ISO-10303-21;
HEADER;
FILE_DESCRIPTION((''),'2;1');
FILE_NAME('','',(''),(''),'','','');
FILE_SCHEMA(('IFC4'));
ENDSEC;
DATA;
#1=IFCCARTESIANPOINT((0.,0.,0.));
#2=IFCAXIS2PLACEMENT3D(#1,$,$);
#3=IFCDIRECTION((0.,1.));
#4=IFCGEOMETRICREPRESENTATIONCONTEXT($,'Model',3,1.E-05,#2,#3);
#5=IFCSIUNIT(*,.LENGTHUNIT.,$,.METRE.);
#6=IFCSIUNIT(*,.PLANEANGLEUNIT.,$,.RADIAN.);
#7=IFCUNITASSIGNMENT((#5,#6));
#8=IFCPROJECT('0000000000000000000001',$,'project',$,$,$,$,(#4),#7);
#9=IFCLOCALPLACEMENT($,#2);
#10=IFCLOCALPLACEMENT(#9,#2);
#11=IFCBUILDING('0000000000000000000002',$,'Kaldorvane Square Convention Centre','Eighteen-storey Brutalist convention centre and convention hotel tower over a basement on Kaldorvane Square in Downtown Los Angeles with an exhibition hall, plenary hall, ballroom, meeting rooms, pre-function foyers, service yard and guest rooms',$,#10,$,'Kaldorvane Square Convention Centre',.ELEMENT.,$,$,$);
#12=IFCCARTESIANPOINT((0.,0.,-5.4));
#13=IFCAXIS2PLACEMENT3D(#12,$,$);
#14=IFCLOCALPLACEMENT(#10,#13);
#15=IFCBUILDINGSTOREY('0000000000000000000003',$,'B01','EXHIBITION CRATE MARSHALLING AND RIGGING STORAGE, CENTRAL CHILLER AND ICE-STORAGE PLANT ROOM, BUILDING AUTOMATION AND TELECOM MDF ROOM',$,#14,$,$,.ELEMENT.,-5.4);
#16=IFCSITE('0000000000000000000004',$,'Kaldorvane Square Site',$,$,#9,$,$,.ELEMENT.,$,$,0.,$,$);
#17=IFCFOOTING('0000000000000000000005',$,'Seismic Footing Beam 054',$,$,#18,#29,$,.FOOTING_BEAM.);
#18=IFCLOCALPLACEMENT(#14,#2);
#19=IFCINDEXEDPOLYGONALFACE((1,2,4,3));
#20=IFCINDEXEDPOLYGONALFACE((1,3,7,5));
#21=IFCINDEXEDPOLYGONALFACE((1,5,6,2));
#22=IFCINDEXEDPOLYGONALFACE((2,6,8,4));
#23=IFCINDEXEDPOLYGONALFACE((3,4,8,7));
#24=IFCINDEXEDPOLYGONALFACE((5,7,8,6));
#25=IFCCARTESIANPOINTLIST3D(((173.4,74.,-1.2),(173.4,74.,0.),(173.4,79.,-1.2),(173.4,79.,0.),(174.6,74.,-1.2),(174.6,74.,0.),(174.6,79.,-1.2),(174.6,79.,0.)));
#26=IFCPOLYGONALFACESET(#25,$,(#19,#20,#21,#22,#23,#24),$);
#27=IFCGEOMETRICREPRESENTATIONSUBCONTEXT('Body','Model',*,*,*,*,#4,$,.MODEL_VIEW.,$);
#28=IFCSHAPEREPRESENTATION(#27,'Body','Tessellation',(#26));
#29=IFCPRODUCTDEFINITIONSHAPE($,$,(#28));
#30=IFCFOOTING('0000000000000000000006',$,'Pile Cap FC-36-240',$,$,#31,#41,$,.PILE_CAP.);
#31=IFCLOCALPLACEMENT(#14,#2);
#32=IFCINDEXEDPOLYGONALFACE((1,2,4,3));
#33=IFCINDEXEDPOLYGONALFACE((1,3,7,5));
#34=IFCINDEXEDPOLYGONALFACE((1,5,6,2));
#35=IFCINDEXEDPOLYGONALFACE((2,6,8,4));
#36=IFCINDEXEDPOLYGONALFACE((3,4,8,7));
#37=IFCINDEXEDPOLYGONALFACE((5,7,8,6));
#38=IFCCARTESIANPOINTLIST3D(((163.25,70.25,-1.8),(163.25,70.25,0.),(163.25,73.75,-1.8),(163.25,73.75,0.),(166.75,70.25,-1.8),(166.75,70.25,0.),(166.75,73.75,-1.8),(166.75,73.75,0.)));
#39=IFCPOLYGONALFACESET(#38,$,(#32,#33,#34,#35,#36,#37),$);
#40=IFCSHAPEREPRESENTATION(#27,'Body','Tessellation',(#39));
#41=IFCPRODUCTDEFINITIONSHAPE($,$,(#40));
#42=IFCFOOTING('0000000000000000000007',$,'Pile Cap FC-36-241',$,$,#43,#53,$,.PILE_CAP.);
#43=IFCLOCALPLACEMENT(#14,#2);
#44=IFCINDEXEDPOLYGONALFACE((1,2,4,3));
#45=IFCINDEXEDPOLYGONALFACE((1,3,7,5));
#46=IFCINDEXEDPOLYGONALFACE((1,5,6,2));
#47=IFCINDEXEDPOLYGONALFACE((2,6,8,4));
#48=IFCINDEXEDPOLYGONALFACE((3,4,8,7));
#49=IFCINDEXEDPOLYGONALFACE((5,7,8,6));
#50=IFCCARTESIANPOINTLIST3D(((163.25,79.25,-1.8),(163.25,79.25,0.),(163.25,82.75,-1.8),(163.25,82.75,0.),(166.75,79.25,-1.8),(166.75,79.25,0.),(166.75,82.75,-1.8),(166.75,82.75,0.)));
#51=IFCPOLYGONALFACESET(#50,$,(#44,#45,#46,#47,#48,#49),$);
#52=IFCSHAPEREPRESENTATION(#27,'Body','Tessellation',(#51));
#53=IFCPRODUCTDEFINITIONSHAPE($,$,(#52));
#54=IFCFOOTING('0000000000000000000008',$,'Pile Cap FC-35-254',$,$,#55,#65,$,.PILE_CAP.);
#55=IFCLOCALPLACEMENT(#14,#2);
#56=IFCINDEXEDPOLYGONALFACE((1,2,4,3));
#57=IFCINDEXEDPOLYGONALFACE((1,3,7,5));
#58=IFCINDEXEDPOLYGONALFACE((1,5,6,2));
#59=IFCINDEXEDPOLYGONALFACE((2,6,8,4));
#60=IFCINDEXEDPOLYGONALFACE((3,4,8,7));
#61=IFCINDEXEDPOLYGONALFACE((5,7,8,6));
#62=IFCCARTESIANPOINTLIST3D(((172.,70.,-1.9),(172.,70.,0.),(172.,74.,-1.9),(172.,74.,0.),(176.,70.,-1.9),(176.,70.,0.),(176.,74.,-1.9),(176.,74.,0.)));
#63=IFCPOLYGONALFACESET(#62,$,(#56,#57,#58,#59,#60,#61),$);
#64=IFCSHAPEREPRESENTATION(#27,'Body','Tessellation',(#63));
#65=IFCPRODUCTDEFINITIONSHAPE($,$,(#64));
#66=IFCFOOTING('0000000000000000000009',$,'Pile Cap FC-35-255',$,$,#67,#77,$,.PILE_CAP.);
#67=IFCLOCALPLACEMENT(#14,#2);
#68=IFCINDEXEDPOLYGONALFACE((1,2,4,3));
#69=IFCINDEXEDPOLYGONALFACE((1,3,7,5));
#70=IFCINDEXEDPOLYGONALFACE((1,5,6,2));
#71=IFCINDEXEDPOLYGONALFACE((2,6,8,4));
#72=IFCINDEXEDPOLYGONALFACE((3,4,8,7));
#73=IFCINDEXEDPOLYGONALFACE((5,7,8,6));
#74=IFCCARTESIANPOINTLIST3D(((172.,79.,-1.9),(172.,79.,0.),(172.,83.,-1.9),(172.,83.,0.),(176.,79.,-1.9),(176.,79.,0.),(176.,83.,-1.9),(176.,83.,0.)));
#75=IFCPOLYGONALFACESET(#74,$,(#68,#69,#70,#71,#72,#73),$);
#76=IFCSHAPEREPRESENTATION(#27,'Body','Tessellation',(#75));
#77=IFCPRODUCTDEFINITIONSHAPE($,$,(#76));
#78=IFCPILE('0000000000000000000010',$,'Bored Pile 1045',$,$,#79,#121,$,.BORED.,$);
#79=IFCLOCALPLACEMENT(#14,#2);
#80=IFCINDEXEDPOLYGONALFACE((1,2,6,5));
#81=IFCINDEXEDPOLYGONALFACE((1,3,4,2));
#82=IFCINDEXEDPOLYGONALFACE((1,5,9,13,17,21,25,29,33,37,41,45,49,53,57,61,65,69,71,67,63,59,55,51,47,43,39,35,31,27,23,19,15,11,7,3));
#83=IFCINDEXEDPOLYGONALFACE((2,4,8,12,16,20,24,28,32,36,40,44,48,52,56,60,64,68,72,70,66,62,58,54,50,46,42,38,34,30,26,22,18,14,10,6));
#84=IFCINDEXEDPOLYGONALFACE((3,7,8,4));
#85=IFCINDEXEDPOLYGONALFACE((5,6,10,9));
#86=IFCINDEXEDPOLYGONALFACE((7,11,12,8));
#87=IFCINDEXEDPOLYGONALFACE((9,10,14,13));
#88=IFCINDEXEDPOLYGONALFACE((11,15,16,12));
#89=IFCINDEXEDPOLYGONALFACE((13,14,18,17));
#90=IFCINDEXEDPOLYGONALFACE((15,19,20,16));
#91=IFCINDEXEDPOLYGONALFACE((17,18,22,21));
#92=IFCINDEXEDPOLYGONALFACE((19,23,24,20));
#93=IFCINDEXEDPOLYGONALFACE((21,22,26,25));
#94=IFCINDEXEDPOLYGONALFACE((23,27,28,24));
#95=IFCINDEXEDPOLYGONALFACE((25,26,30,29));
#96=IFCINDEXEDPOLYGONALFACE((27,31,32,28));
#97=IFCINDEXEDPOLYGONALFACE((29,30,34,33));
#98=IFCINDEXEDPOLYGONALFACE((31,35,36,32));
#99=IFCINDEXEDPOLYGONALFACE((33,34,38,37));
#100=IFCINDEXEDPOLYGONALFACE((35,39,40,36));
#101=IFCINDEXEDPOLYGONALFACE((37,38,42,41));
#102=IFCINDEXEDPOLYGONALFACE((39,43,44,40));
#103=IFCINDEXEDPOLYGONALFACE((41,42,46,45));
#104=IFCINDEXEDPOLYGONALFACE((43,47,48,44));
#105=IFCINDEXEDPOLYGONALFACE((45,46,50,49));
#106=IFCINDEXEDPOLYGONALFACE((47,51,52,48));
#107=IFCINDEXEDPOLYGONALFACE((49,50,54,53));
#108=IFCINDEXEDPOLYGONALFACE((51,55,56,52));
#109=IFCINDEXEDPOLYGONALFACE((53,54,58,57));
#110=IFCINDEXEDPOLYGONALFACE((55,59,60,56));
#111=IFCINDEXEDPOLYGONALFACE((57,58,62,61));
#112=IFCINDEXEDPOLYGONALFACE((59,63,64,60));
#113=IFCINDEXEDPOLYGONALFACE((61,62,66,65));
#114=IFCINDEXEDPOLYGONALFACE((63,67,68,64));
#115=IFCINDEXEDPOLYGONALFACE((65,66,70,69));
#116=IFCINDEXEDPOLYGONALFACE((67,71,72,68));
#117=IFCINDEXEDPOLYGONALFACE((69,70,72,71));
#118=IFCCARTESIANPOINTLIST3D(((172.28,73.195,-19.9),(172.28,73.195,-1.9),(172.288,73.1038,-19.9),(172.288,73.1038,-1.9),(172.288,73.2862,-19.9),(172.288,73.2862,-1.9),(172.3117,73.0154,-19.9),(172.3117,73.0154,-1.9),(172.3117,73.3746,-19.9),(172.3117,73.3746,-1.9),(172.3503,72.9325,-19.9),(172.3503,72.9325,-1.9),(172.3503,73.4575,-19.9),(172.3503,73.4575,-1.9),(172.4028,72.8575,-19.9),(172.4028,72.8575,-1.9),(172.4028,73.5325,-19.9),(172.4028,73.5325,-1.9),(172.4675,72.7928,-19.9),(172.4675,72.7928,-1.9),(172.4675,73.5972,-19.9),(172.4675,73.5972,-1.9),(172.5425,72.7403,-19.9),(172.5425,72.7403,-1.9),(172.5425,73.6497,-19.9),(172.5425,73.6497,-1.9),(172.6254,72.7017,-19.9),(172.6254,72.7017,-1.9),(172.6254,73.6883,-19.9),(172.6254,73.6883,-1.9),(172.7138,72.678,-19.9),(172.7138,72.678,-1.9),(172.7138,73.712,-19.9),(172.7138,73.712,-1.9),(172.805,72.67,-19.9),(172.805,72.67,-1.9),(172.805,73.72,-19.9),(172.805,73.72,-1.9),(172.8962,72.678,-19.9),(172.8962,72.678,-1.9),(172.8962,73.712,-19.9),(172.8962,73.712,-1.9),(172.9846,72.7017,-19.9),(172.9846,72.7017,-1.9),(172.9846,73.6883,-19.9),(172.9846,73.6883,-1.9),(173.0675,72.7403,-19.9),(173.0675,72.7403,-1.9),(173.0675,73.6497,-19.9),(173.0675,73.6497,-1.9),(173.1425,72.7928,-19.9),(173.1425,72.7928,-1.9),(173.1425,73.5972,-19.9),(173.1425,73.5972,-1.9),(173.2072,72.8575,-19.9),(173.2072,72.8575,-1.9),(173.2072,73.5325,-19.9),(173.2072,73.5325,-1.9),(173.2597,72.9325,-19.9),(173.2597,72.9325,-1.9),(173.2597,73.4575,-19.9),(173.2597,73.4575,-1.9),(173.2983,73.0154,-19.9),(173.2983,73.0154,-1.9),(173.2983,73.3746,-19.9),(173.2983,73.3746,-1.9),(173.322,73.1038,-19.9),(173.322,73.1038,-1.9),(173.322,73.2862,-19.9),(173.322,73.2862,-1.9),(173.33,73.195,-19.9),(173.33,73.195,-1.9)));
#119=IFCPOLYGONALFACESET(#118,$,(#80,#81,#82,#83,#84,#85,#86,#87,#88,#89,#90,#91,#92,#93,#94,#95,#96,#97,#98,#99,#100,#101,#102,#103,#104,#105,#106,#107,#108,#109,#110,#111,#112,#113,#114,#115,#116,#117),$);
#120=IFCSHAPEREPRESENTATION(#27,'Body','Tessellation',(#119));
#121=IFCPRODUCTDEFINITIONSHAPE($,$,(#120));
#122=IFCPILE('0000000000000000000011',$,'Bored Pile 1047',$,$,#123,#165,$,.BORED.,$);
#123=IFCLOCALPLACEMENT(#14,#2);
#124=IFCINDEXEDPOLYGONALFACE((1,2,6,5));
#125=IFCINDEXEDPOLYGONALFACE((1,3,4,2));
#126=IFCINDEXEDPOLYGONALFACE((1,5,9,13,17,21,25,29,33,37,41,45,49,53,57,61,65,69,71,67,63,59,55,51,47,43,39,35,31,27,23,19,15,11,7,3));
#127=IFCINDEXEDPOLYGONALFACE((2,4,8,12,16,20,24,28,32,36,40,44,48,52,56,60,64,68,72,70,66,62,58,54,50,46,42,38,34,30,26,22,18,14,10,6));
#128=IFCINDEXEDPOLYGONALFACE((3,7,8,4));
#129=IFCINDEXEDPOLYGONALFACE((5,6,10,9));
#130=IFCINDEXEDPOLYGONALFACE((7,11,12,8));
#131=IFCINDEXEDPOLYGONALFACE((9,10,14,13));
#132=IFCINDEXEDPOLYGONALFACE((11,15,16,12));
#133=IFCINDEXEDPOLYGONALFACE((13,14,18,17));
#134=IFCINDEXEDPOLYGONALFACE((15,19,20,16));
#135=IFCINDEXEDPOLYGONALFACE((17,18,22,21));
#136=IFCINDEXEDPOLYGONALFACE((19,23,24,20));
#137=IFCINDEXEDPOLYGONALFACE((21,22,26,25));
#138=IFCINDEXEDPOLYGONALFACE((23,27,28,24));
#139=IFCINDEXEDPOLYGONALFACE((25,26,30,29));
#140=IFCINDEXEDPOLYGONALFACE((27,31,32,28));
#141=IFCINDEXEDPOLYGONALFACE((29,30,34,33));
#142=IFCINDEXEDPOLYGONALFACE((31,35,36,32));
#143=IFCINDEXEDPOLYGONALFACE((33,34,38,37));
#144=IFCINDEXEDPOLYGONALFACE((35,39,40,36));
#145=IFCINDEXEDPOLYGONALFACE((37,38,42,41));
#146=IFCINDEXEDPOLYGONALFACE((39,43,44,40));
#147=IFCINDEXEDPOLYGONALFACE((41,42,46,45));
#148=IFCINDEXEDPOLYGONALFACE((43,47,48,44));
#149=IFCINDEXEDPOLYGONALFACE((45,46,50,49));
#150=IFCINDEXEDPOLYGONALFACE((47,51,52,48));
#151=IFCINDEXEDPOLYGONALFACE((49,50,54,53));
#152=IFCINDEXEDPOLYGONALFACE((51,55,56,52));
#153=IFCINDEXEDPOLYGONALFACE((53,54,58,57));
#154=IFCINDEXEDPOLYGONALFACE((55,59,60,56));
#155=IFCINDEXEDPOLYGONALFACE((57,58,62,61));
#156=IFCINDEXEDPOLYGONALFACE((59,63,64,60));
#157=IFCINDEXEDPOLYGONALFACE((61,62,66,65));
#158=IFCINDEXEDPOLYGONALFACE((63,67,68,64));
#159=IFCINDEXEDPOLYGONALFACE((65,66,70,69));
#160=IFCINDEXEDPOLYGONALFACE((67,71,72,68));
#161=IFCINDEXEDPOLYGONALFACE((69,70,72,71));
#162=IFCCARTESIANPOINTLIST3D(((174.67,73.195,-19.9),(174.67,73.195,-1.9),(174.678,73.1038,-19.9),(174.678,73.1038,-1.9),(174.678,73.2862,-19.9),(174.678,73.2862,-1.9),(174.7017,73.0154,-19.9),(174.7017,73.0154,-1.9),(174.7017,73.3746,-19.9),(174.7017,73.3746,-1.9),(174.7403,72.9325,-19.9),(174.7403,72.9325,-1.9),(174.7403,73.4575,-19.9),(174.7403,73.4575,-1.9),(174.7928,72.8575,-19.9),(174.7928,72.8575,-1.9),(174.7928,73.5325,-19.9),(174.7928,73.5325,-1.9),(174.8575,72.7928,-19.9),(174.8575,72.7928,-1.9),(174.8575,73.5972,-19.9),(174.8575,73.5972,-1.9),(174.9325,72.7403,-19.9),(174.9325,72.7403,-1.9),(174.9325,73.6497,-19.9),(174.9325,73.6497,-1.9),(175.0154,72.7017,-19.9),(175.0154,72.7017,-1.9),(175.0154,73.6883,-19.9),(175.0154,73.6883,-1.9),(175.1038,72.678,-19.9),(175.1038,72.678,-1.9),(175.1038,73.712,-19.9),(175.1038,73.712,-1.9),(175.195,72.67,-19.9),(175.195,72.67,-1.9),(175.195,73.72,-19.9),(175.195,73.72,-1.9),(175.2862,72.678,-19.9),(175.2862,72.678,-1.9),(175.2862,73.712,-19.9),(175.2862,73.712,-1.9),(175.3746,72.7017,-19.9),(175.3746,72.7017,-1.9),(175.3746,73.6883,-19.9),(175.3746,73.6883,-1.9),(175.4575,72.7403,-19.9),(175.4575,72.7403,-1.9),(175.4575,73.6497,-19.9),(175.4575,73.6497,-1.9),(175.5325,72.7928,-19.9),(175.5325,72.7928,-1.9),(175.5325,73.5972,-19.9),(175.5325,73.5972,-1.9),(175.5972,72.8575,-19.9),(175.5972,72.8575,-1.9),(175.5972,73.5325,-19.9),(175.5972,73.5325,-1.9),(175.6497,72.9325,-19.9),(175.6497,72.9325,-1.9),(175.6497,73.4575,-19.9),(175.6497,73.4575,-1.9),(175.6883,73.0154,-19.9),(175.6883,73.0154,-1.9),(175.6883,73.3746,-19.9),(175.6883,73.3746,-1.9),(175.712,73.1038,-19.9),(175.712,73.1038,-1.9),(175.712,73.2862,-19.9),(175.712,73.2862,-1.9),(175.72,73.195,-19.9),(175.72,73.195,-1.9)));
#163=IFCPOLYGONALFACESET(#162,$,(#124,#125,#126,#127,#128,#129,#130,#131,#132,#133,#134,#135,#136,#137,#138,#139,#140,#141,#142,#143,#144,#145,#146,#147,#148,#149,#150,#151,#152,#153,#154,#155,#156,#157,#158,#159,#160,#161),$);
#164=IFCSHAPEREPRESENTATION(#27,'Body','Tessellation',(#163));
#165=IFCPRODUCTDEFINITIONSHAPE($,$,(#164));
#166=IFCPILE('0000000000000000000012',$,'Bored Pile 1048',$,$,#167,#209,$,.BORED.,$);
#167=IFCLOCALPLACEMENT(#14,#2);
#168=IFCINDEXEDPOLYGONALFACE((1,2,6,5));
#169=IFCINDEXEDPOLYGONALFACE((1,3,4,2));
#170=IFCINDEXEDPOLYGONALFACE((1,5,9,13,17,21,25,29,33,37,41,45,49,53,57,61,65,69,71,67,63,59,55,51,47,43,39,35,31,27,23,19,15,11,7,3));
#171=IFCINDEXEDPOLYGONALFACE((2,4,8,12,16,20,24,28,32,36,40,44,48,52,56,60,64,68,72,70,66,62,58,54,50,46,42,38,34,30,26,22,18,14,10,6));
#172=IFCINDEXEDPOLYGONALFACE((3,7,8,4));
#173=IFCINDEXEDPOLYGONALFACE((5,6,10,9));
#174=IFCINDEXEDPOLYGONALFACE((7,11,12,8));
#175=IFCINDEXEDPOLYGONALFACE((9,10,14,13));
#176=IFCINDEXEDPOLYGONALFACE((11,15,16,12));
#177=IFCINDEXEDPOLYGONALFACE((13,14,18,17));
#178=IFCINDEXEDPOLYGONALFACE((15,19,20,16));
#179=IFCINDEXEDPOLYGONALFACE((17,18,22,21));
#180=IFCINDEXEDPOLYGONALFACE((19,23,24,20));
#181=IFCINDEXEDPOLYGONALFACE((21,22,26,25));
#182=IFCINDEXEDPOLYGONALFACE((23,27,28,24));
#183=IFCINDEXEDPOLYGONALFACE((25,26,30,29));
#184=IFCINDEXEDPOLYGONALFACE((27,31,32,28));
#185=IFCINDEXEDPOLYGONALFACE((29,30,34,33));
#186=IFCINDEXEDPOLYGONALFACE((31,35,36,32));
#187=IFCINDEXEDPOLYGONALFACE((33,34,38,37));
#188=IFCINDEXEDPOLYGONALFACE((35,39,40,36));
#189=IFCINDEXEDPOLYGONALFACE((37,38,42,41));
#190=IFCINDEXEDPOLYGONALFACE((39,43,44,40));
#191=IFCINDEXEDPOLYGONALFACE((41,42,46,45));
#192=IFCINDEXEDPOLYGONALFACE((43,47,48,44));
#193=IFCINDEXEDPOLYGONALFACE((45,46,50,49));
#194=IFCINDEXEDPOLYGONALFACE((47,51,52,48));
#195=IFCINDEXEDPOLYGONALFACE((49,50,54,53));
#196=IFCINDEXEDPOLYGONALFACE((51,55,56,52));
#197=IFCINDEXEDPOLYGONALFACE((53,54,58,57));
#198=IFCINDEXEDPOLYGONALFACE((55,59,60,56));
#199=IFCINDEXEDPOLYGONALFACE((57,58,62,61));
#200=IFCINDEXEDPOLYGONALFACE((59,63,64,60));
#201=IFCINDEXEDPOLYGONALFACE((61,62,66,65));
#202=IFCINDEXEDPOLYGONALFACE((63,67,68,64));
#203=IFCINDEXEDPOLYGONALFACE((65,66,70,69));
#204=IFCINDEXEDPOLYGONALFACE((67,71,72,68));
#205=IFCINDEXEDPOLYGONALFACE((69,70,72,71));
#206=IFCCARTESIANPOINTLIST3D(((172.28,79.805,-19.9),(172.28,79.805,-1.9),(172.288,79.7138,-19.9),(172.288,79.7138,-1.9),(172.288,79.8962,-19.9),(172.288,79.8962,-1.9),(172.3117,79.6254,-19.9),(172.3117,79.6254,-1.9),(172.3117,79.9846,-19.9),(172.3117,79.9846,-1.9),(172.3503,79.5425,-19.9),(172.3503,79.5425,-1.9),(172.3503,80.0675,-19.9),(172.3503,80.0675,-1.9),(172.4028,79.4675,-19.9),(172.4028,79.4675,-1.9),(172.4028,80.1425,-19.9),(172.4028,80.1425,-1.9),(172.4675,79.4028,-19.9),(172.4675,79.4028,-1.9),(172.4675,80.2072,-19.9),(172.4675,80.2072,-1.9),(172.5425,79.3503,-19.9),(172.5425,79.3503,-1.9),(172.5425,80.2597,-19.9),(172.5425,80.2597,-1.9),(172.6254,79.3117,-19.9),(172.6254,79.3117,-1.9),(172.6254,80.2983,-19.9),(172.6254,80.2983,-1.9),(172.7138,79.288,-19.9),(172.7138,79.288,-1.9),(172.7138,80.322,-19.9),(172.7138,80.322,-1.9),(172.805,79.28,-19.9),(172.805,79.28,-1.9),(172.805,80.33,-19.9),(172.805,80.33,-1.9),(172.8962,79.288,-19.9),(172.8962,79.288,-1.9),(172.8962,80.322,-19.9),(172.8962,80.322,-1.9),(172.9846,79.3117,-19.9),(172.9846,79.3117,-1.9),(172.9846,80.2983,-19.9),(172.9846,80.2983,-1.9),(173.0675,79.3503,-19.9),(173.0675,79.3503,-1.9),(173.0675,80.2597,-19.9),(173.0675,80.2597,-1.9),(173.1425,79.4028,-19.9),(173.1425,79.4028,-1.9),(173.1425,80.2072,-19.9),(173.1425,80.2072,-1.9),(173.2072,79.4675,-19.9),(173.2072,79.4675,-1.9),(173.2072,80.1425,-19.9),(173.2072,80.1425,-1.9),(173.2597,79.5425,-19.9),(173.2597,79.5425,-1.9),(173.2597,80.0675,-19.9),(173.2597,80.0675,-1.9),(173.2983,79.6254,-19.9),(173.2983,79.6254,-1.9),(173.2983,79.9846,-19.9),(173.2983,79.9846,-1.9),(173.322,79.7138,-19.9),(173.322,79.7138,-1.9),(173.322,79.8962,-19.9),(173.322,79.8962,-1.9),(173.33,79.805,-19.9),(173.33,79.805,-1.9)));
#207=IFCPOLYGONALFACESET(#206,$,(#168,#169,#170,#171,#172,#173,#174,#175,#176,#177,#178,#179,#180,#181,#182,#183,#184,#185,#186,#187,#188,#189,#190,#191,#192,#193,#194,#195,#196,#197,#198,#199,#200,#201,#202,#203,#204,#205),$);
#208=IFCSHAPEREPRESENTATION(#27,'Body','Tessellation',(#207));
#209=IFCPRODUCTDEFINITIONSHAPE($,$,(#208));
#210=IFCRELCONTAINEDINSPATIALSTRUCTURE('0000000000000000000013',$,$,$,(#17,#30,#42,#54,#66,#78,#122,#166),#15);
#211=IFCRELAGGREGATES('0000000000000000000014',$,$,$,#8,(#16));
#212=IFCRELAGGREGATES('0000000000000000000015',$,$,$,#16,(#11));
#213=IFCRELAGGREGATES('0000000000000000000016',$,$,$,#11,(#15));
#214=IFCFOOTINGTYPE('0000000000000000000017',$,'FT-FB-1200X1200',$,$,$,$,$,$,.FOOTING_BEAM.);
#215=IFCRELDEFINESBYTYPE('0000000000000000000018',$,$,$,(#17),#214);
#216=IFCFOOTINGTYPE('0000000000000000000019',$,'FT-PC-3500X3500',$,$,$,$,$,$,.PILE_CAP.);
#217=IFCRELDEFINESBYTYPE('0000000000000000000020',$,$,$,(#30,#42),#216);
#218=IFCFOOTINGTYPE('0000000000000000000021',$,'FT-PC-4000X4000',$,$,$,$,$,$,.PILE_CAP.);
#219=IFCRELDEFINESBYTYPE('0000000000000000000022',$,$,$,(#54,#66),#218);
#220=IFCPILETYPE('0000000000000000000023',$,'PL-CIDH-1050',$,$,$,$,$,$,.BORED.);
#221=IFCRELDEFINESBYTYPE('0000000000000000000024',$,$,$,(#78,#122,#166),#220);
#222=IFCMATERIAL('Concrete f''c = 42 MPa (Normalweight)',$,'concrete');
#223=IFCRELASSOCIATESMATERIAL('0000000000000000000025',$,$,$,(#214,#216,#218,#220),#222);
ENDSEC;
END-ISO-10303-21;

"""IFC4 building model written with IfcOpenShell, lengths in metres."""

from ifc_helpers import new_model, si_unit, direction, frame, origin, origin_2d, place, context, subcontext, project, spatial, rectangle, circle, extrude, material, material_profile, profile_set, type_object, element, save


model = new_model("IFC4")

# Units and contexts
model_context = context("Model", 3, precision=1e-05, world=origin(), true_north=direction((0.0, 1.0)))
body_context = subcontext(model_context, "Body", "Model", "MODEL_VIEW")
ifc_project = project(units=[si_unit("LENGTHUNIT", "METRE"), si_unit("PLANEANGLEUNIT", "RADIAN")], contexts=[model_context])

# Site, building, storey
site_placement = place(None, origin())
site = spatial("IfcSite", under=ifc_project, at=site_placement, Name="Kaldorvane Square Site", CompositionType="ELEMENT", RefElevation=0.0)
building_placement = place(site_placement, origin())
building = spatial("IfcBuilding", under=site, at=building_placement, Name="Kaldorvane Square Convention Centre", Description="Eighteen-storey Brutalist convention centre and convention hotel tower over a basement on Kaldorvane Square in Downtown Los Angeles with an exhibition hall, plenary hall, ballroom, meeting rooms, pre-function foyers, service yard and guest rooms", LongName="Kaldorvane Square Convention Centre", CompositionType="ELEMENT")
storey_placement = place(building_placement, frame((0.0, 0.0, -5.4)))
storey = spatial("IfcBuildingStorey", under=building, at=storey_placement, Name="B01", Description="EXHIBITION CRATE MARSHALLING AND RIGGING STORAGE, CENTRAL CHILLER AND ICE-STORAGE PLANT ROOM, BUILDING AUTOMATION AND TELECOM MDF ROOM", CompositionType="ELEMENT", Elevation=-5.4)

# Footings
ifc_material_1 = material(Name="Concrete f'c = 42 MPa (Normalweight)", Category="concrete")
footing_type_1 = type_object("IfcFootingType", Name="FT-FB-1200X1200", PredefinedType="FOOTING_BEAM", material=ifc_material_1)
footing_placement = place(storey_placement, frame((174.0, 76.5, -1.2), z_axis=(0.0, 0.0, 1.0), x_axis=(1.0, 0.0, 0.0)))
element("IfcFooting", 1, at=footing_placement, inside=storey, type_object=footing_type_1, Name="Seismic Footing Beam 054", PredefinedType="FOOTING_BEAM", context=body_context, shape_type="SweptSolid", body=[
    extrude(rectangle(XDim=1.2, YDim=5.0, at=origin_2d()), origin(), (0.0, 0.0, 1.0), 1.2),
])
footing_type_2 = type_object("IfcFootingType", Name="FT-PC-3500X3500", PredefinedType="PILE_CAP", material=ifc_material_1)
for number, where, z_axis, x_axis, name in (
    (2, (165.0, 72.0, -1.8), (0.0, 0.0, 1.0), (1.0, 0.0, 0.0), "Pile Cap FC-36-240"),
    (3, (165.0, 81.0, -1.8), (0.0, 0.0, 1.0), (1.0, 0.0, 0.0), "Pile Cap FC-36-241"),
):
    element("IfcFooting", number, at=place(storey_placement, frame(where, z_axis=z_axis, x_axis=x_axis)), inside=storey, type_object=footing_type_2, Name=name, PredefinedType="PILE_CAP", context=body_context, shape_type="SweptSolid", body=[
        extrude(rectangle(XDim=3.5, YDim=3.5, at=origin_2d()), origin(), (0.0, 0.0, 1.0), 1.8),
    ])
footing_type_3 = type_object("IfcFootingType", Name="FT-PC-4000X4000", PredefinedType="PILE_CAP", material=ifc_material_1)
for number, where, z_axis, x_axis, name in (
    (4, (174.0, 72.0, -1.9), (0.0, 0.0, 1.0), (1.0, 0.0, 0.0), "Pile Cap FC-35-254"),
    (5, (174.0, 81.0, -1.9), (0.0, 0.0, 1.0), (1.0, 0.0, 0.0), "Pile Cap FC-35-255"),
):
    element("IfcFooting", number, at=place(storey_placement, frame(where, z_axis=z_axis, x_axis=x_axis)), inside=storey, type_object=footing_type_3, Name=name, PredefinedType="PILE_CAP", context=body_context, shape_type="SweptSolid", body=[
        extrude(rectangle(XDim=4.0, YDim=4.0, at=origin_2d()), origin(), (0.0, 0.0, 1.0), 1.9),
    ])

# Piles
ifc_material_profile_1 = material_profile(ifc_material_1, circle(Radius=0.525, at=origin_2d()), Name="PILE-D1050")
ifc_profile_set_1 = profile_set([ifc_material_profile_1], Name="Concrete f'c = 42 MPa (Normalweight)")
pile_type_1 = type_object("IfcPileType", Name="PL-CIDH-1050", PredefinedType="BORED", material=ifc_profile_set_1)
for number, where, z_axis, x_axis, name in (
    (6, (172.805, 73.195, -1.9), (0.0, 0.0, -1.0), (1.0, 0.0, 0.0), "Bored Pile 1045"),
    (7, (175.195, 73.195, -1.9), (0.0, 0.0, -1.0), (1.0, 0.0, 0.0), "Bored Pile 1047"),
    (8, (172.805, 79.805, -1.9), (0.0, 0.0, -1.0), (1.0, 0.0, 0.0), "Bored Pile 1048"),
):
    element("IfcPile", number, at=place(storey_placement, frame(where, z_axis=z_axis, x_axis=x_axis)), inside=storey, type_object=pile_type_1, Name=name, PredefinedType="BORED", context=body_context, shape_type="SweptSolid", body=[
        extrude(circle(Radius=0.525, at=origin_2d()), origin(), (0.0, 0.0, 1.0), 18.0),
    ])

save(model, "model.ifc")
